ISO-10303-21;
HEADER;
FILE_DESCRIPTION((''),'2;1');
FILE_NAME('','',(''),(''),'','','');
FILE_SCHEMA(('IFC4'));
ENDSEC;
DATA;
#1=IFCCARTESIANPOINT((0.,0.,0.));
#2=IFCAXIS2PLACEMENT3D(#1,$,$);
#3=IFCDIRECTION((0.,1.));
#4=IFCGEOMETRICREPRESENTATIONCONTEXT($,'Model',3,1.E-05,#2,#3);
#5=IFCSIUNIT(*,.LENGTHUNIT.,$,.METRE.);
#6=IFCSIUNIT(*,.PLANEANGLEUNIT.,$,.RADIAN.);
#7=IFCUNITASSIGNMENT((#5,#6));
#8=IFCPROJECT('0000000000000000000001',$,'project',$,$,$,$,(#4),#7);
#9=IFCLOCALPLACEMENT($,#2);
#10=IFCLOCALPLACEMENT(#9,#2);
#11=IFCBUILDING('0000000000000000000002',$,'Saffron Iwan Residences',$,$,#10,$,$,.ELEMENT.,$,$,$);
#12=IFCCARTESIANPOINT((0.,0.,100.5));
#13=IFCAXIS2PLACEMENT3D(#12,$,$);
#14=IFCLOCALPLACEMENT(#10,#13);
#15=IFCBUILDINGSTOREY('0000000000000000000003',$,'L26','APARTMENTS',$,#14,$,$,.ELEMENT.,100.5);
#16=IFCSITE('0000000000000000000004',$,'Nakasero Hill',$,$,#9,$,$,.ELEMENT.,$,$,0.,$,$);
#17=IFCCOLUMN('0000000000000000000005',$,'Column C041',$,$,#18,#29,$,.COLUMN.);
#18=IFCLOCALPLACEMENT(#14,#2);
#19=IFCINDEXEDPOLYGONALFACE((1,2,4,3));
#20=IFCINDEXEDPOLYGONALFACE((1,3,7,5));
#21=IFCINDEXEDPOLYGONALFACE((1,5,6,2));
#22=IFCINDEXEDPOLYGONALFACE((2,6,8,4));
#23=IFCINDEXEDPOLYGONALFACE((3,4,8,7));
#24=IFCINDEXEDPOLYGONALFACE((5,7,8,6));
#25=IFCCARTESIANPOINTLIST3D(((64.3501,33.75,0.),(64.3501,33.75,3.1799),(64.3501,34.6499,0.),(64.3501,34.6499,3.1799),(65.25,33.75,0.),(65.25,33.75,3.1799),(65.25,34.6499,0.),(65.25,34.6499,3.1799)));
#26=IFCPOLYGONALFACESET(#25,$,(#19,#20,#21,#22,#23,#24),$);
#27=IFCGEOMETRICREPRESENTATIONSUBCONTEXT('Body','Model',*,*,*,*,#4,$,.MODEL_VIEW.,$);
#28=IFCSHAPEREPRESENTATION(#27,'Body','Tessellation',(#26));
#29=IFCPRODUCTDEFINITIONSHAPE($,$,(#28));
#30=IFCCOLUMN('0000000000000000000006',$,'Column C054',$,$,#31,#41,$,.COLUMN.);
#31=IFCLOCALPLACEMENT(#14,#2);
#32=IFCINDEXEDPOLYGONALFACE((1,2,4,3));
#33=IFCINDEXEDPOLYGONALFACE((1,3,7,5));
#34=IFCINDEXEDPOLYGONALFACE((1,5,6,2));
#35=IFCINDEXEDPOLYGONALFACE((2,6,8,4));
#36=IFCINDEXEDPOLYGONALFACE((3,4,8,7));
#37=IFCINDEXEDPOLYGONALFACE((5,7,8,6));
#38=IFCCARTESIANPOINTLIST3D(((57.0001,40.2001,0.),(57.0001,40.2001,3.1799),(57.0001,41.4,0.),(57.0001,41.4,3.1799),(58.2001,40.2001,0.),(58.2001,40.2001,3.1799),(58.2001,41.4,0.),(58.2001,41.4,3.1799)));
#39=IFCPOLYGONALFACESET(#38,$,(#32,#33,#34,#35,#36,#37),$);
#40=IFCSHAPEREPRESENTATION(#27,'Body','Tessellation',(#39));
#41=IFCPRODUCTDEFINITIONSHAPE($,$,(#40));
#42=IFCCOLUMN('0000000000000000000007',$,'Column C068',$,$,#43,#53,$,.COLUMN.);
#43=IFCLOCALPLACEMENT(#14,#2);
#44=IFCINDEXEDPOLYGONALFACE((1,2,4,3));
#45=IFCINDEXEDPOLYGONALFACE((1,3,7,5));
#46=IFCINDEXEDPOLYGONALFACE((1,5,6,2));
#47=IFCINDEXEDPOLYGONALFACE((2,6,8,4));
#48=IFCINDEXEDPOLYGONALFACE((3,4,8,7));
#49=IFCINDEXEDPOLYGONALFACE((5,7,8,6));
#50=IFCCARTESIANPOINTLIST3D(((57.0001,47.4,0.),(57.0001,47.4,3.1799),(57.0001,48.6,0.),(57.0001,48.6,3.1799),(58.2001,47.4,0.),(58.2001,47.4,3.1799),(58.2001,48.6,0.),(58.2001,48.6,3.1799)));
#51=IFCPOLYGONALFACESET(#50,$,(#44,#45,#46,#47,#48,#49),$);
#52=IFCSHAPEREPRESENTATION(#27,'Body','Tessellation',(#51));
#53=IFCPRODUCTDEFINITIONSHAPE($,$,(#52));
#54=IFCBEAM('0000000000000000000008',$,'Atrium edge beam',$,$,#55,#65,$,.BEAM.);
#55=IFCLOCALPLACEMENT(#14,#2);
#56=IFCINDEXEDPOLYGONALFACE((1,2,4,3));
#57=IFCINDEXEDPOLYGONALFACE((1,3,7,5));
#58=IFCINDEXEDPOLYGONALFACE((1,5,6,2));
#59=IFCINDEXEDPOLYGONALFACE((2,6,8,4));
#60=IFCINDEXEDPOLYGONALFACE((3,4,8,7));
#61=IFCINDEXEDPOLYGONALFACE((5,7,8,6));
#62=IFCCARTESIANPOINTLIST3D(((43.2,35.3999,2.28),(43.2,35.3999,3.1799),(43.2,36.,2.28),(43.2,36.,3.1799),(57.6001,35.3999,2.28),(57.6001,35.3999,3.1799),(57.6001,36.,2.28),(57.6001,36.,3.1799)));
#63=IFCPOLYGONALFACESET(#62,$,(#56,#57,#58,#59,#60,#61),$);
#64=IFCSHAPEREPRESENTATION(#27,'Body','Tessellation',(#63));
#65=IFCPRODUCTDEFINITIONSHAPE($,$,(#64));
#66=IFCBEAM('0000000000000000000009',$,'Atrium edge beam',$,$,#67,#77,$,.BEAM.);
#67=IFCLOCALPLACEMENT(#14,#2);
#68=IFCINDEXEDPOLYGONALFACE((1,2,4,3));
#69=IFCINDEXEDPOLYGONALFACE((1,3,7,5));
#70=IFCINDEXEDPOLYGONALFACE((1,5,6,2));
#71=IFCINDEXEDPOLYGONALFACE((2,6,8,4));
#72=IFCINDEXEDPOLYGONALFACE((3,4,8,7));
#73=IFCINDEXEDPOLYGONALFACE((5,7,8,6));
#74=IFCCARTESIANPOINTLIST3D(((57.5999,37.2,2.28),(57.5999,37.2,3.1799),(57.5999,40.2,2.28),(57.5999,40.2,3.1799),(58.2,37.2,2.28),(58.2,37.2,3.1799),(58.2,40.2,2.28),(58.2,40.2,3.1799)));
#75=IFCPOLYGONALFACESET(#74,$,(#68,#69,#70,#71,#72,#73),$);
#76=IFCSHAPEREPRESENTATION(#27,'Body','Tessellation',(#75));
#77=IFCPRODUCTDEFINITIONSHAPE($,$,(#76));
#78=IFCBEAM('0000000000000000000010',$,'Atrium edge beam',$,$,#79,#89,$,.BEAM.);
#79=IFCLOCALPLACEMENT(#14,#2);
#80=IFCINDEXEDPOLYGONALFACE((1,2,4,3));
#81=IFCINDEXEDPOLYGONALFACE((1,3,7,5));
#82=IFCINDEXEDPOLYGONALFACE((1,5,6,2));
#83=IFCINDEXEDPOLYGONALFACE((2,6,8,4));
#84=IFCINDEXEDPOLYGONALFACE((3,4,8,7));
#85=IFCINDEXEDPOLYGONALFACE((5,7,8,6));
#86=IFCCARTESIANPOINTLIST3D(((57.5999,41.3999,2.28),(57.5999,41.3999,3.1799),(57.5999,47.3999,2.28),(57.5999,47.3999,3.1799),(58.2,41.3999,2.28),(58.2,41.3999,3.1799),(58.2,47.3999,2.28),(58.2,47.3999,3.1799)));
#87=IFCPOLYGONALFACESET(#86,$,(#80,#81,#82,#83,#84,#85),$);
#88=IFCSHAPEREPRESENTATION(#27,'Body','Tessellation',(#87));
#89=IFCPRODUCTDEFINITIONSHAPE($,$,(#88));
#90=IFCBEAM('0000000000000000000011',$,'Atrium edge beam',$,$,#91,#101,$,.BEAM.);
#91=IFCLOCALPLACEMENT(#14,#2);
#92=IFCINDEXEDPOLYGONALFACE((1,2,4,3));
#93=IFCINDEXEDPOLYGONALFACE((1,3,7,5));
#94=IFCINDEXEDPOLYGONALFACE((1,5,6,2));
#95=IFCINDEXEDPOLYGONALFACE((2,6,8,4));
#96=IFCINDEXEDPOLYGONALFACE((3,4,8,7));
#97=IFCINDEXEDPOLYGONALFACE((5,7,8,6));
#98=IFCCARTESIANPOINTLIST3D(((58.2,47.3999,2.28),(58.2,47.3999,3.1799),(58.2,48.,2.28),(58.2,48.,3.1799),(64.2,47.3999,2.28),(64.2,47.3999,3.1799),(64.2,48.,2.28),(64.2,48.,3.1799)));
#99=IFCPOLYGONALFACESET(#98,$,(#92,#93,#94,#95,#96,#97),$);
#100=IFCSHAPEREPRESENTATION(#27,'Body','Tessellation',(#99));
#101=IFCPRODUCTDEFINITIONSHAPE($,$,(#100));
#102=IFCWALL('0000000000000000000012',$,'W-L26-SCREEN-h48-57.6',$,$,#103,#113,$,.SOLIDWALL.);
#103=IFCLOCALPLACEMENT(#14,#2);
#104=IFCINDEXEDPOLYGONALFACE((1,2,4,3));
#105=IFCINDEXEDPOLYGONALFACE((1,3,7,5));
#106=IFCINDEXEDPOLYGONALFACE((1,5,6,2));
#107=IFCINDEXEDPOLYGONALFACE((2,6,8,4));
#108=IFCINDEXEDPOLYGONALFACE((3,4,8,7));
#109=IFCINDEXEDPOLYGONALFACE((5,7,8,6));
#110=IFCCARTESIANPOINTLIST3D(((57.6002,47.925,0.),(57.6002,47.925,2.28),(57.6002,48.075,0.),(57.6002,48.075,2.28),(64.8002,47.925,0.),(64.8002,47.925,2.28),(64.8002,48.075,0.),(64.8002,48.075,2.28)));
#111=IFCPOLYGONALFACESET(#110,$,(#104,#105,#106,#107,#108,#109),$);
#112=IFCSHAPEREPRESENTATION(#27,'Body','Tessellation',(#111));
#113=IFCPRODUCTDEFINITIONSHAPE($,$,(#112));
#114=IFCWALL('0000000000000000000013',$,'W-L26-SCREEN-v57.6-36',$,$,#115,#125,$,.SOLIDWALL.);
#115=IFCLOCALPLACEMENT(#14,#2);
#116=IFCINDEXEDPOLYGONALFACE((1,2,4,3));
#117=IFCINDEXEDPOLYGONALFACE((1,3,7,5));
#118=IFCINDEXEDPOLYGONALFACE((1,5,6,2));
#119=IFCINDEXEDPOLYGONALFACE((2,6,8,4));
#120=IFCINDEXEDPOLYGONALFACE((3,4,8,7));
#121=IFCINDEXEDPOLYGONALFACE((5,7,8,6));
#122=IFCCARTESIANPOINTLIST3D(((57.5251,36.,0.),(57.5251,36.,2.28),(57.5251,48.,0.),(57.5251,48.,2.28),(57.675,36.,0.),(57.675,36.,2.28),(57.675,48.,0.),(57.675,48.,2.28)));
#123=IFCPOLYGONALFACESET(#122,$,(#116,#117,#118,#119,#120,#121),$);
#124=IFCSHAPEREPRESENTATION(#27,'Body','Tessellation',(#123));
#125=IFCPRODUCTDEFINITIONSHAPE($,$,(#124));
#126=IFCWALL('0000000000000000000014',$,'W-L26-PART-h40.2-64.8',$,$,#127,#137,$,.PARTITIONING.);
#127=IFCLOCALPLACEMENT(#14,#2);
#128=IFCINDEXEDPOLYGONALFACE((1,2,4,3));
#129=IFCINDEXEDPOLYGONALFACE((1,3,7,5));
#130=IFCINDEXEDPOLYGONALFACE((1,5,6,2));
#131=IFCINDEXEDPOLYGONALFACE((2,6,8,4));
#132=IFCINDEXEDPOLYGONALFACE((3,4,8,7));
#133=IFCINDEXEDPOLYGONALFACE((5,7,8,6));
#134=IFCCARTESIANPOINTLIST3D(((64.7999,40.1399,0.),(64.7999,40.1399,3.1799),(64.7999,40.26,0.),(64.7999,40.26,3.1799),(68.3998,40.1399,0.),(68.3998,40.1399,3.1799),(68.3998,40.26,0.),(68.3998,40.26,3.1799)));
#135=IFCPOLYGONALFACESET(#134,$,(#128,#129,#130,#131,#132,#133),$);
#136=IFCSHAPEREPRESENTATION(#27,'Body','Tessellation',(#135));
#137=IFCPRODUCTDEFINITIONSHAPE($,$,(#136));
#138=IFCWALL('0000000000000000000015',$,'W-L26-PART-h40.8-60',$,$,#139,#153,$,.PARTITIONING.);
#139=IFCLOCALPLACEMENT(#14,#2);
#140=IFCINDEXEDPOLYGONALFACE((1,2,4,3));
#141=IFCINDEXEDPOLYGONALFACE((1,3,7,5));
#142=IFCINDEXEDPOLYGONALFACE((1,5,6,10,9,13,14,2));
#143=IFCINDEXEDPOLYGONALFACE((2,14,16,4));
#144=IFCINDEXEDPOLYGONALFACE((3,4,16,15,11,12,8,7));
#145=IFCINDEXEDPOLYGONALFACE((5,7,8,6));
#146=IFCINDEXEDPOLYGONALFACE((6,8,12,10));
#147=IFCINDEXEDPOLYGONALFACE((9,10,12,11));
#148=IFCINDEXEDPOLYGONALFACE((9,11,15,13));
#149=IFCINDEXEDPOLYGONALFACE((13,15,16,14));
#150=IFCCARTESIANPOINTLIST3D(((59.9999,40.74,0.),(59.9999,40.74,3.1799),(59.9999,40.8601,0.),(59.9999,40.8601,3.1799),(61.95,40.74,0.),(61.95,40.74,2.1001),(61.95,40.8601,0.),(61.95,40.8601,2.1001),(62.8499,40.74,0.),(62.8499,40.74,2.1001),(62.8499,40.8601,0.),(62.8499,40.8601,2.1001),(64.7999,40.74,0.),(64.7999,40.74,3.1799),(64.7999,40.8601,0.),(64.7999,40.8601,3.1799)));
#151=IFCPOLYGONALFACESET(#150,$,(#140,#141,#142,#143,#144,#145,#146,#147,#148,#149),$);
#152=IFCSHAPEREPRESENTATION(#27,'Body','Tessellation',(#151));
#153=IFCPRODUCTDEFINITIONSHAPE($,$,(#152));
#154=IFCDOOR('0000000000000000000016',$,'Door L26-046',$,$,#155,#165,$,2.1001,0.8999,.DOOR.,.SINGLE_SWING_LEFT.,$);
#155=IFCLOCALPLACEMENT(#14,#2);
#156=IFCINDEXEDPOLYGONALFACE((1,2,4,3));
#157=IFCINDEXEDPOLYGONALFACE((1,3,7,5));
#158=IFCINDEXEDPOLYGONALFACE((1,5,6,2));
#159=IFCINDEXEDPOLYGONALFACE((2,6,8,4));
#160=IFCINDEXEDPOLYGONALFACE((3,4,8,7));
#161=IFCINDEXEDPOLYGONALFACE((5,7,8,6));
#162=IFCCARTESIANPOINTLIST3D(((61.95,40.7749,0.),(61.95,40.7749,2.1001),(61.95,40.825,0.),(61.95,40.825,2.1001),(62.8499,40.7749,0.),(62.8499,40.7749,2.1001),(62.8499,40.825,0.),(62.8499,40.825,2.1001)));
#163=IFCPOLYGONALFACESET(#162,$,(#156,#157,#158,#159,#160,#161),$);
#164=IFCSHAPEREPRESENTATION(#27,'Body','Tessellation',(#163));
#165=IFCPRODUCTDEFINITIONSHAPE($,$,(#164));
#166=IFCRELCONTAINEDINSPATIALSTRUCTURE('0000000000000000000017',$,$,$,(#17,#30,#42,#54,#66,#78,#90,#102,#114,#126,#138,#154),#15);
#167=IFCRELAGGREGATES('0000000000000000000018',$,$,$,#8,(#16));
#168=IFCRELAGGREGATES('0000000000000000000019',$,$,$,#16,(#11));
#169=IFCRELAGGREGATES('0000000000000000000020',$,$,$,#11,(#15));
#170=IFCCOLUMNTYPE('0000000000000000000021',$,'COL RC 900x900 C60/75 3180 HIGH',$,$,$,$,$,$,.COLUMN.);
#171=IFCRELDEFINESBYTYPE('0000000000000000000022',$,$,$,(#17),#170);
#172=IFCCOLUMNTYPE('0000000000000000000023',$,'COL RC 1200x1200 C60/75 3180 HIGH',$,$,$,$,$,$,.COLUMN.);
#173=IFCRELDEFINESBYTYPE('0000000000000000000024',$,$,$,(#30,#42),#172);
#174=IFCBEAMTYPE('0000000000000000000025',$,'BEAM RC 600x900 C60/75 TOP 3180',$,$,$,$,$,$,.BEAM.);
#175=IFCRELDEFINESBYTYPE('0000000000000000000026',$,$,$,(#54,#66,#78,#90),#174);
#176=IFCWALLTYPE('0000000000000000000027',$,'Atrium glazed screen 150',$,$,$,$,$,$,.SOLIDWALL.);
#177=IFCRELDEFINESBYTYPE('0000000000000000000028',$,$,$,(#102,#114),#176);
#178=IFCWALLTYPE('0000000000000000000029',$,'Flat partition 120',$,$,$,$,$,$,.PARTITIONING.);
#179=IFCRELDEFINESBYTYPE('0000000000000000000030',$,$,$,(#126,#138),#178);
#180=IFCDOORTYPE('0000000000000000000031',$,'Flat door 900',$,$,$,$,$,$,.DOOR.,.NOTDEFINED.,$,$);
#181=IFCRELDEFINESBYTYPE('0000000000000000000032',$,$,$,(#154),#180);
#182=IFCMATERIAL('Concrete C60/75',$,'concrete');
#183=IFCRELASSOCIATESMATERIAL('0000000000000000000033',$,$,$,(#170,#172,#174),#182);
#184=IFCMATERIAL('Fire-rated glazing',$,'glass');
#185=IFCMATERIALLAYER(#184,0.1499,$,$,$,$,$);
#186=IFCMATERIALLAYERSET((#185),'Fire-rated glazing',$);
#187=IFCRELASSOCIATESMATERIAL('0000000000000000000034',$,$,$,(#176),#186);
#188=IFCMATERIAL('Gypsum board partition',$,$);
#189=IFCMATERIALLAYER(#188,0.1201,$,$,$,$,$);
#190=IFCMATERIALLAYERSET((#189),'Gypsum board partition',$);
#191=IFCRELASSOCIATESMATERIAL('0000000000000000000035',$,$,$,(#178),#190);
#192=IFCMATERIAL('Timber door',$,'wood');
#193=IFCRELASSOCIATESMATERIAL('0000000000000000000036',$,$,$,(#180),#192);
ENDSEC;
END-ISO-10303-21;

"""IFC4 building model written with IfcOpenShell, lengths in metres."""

from ifc_helpers import new_model, si_unit, direction, frame, frame_2d, origin, origin_2d, place, context, subcontext, project, spatial, rectangle, extrude, source, transform, mapped, material, layer, layer_set, material_profile, profile_set, type_object, element, fill, save


model = new_model("IFC4")

# Units and contexts
model_context = context("Model", 3, precision=1e-05, world=origin(), true_north=direction((0.0, 1.0)))
body_context = subcontext(model_context, "Body", "Model", "MODEL_VIEW")
ifc_project = project(units=[si_unit("LENGTHUNIT", "METRE"), si_unit("PLANEANGLEUNIT", "RADIAN")], contexts=[model_context])

# Site, building, storey
site_placement = place(None, origin())
site = spatial("IfcSite", under=ifc_project, at=site_placement, Name="Nakasero Hill", CompositionType="ELEMENT", RefElevation=0.0)
building_placement = place(site_placement, origin())
building = spatial("IfcBuilding", under=site, at=building_placement, Name="Saffron Iwan Residences", CompositionType="ELEMENT")
storey_placement = place(building_placement, frame((0.0, 0.0, 100.5)))
storey = spatial("IfcBuildingStorey", under=building, at=storey_placement, Name="L26", Description="APARTMENTS", CompositionType="ELEMENT", Elevation=100.5)

# Columns
ifc_material_1 = material(Name="Concrete C60/75", Category="concrete")
ifc_material_profile_1 = material_profile(ifc_material_1, rectangle(XDim=0.8999, YDim=0.8999, at=origin_2d()), Name="RC 900x900")
ifc_profile_set_1 = profile_set([ifc_material_profile_1], Name="Concrete C60/75")
column_type_1 = type_object("IfcColumnType", Name="COL RC 900x900 C60/75 3180 HIGH", PredefinedType="COLUMN", material=ifc_profile_set_1)
shared_shape_1 = source(origin(), body_context, "Body", "SweptSolid", [
    extrude(rectangle(XDim=0.8999, YDim=0.8999, at=origin_2d()), origin(), (0.0, 0.0, 1.0), 3.1799),
])
column_placement = place(storey_placement, frame((64.8, 34.2, 0.0), z_axis=(0.0, 0.0, 1.0), x_axis=(1.0, 0.0, 0.0)))
element("IfcColumn", 1, at=column_placement, inside=storey, type_object=column_type_1, Name="Column C041", PredefinedType="COLUMN", context=body_context, shape_type="MappedRepresentation", body=[
    mapped(shared_shape_1, transform((0.0, 0.0, 0.0))),
])
ifc_material_profile_2 = material_profile(ifc_material_1, rectangle(XDim=1.2, YDim=1.2, at=origin_2d()), Name="RC 1200x1200")
ifc_profile_set_2 = profile_set([ifc_material_profile_2], Name="Concrete C60/75")
column_type_2 = type_object("IfcColumnType", Name="COL RC 1200x1200 C60/75 3180 HIGH", PredefinedType="COLUMN", material=ifc_profile_set_2)
shared_shape_2 = source(origin(), body_context, "Body", "SweptSolid", [
    extrude(rectangle(XDim=1.2, YDim=1.2, at=origin_2d()), origin(), (0.0, 0.0, 1.0), 3.1799),
])
for number, where, z_axis, x_axis, name in (
    (2, (57.6001, 40.8, 0.0), (0.0, 0.0, 1.0), (1.0, 0.0, 0.0), "Column C054"),
    (3, (57.6001, 48.0, 0.0), (0.0, 0.0, 1.0), (1.0, 0.0, 0.0), "Column C068"),
):
    element("IfcColumn", number, at=place(storey_placement, frame(where, z_axis=z_axis, x_axis=x_axis)), inside=storey, type_object=column_type_2, Name=name, PredefinedType="COLUMN", context=body_context, shape_type="MappedRepresentation", body=[
        mapped(shared_shape_2, transform((0.0, 0.0, 0.0))),
    ])

# Beams
ifc_material_profile_3 = material_profile(ifc_material_1, rectangle(XDim=0.6001, YDim=0.8999, at=origin_2d()), Name="RC 600x900")
ifc_profile_set_3 = profile_set([ifc_material_profile_3], Name="Concrete C60/75")
beam_type = type_object("IfcBeamType", Name="BEAM RC 600x900 C60/75 TOP 3180", PredefinedType="BEAM", material=ifc_profile_set_3)
shared_shape_3 = source(origin(), body_context, "Body", "SweptSolid", [
    extrude(rectangle(XDim=0.6001, YDim=0.8999, at=origin_2d()), origin(), (0.0, 0.0, 1.0), 14.4001),
])
beam_1_placement = place(storey_placement, frame((57.6001, 35.7, 2.73), z_axis=(-1.0, 0.0, 0.0), x_axis=(0.0, -1.0, 0.0)))
element("IfcBeam", 4, at=beam_1_placement, inside=storey, type_object=beam_type, Name="Atrium edge beam", PredefinedType="BEAM", context=body_context, shape_type="MappedRepresentation", body=[
    mapped(shared_shape_3, transform((0.0, 0.0, 0.0))),
])
shared_shape_4 = source(origin(), body_context, "Body", "SweptSolid", [
    extrude(rectangle(XDim=0.6001, YDim=0.8999, at=origin_2d()), origin(), (0.0, 0.0, 1.0), 3.0),
])
beam_2_placement = place(storey_placement, frame((57.8999, 40.2, 2.73), z_axis=(0.0, -1.0, 0.0), x_axis=(1.0, 0.0, 0.0)))
element("IfcBeam", 5, at=beam_2_placement, inside=storey, type_object=beam_type, Name="Atrium edge beam", PredefinedType="BEAM", context=body_context, shape_type="MappedRepresentation", body=[
    mapped(shared_shape_4, transform((0.0, 0.0, 0.0))),
])
shared_shape_5 = source(origin(), body_context, "Body", "SweptSolid", [
    extrude(rectangle(XDim=0.6001, YDim=0.8999, at=origin_2d()), origin(), (0.0, 0.0, 1.0), 6.0),
])
for number, where, z_axis, x_axis, name in (
    (6, (57.8999, 47.3999, 2.73), (0.0, -1.0, 0.0), (1.0, 0.0, 0.0), "Atrium edge beam"),
    (7, (64.2, 47.7, 2.73), (-1.0, 0.0, 0.0), (0.0, -1.0, 0.0), "Atrium edge beam"),
):
    element("IfcBeam", number, at=place(storey_placement, frame(where, z_axis=z_axis, x_axis=x_axis)), inside=storey, type_object=beam_type, Name=name, PredefinedType="BEAM", context=body_context, shape_type="MappedRepresentation", body=[
        mapped(shared_shape_5, transform((0.0, 0.0, 0.0))),
    ])

# Walls
ifc_material_2 = material(Name="Fire-rated glazing", Category="glass")
ifc_layer_1 = layer(ifc_material_2, 0.1499)
ifc_layer_set_1 = layer_set([ifc_layer_1], Name="Fire-rated glazing")
wall_type_1 = type_object("IfcWallType", Name="Atrium glazed screen 150", PredefinedType="SOLIDWALL", material=ifc_layer_set_1)
wall_1_placement = place(storey_placement, frame((57.6001, 48.0, 0.0), z_axis=(0.0, 0.0, 1.0), x_axis=(1.0, 0.0, 0.0)))
element("IfcWall", 8, at=wall_1_placement, inside=storey, type_object=wall_type_1, Name="W-L26-SCREEN-h48-57.6", PredefinedType="SOLIDWALL", context=body_context, shape_type="SweptSolid", body=[
    extrude(rectangle(XDim=7.2, YDim=0.1499, at=frame_2d((3.6001, 0.0))), origin(), (0.0, 0.0, 1.0), 2.28),
])
wall_2_placement = place(storey_placement, frame((57.6001, 36.0, 0.0), z_axis=(0.0, 0.0, 1.0), x_axis=(0.0, 1.0, 0.0)))
element("IfcWall", 9, at=wall_2_placement, inside=storey, type_object=wall_type_1, Name="W-L26-SCREEN-v57.6-36", PredefinedType="SOLIDWALL", context=body_context, shape_type="SweptSolid", body=[
    extrude(rectangle(XDim=12.0, YDim=0.1499, at=frame_2d((6.0, 0.0))), origin(), (0.0, 0.0, 1.0), 2.28),
])
ifc_material_3 = material(Name="Gypsum board partition")
ifc_layer_2 = layer(ifc_material_3, 0.1201)
ifc_layer_set_2 = layer_set([ifc_layer_2], Name="Gypsum board partition")
wall_type_2 = type_object("IfcWallType", Name="Flat partition 120", PredefinedType="PARTITIONING", material=ifc_layer_set_2)
wall_3_placement = place(storey_placement, frame((64.8, 40.2, 0.0), z_axis=(0.0, 0.0, 1.0), x_axis=(1.0, 0.0, 0.0)))
element("IfcWall", 10, at=wall_3_placement, inside=storey, type_object=wall_type_2, Name="W-L26-PART-h40.2-64.8", PredefinedType="PARTITIONING", context=body_context, shape_type="SweptSolid", body=[
    extrude(rectangle(XDim=3.5999, YDim=0.1201, at=frame_2d((1.7998, 0.0))), origin(), (0.0, 0.0, 1.0), 3.1799),
])

# Wall, opening, door
wall_4_placement = place(storey_placement, frame((60.0, 40.8, 0.0), z_axis=(0.0, 0.0, 1.0), x_axis=(1.0, 0.0, 0.0)))
wall_4 = element("IfcWall", 11, at=wall_4_placement, inside=storey, type_object=wall_type_2, Name="W-L26-PART-h40.8-60", PredefinedType="PARTITIONING", context=body_context, shape_type="SweptSolid", body=[
    extrude(rectangle(XDim=4.8, YDim=0.1201, at=frame_2d((2.3999, 0.0))), origin(), (0.0, 0.0, 1.0), 3.1799),
])
opening_1_placement = place(wall_4_placement, frame((1.95, 0.0, 0.0)))
opening_1 = element("IfcOpeningElement", 12, at=opening_1_placement, cuts=wall_4, PredefinedType="OPENING", context=body_context, shape_type="SweptSolid", body=[
    extrude(rectangle(XDim=0.8999, YDim=2.1001, at=frame_2d((0.45, 1.05))), frame((0.0, 0.0701, 0.0), z_axis=(0.0, -1.0, 0.0), x_axis=(1.0, 0.0, 0.0)), (0.0, 0.0, 1.0), 0.1401),
])
ifc_material_4 = material(Name="Timber door", Category="wood")
door_type = type_object("IfcDoorType", Name="Flat door 900", OperationType="NOTDEFINED", PredefinedType="DOOR", material=ifc_material_4)
door_1_placement = place(opening_1_placement, origin())
door_1 = element("IfcDoor", 13, at=door_1_placement, inside=storey, type_object=door_type, Name="Door L26-046", OperationType="SINGLE_SWING_LEFT", OverallHeight=2.1001, OverallWidth=0.8999, PredefinedType="DOOR", context=body_context, shape_type="SweptSolid", body=[
    extrude(rectangle(XDim=0.8999, YDim=2.1001, at=frame_2d((0.45, 1.05))), frame((0.0, 0.0249, 0.0), z_axis=(0.0, -1.0, 0.0), x_axis=(1.0, 0.0, 0.0)), (0.0, 0.0, 1.0), 0.05),
])
fill(opening_1, door_1)

save(model, "model.ifc")
